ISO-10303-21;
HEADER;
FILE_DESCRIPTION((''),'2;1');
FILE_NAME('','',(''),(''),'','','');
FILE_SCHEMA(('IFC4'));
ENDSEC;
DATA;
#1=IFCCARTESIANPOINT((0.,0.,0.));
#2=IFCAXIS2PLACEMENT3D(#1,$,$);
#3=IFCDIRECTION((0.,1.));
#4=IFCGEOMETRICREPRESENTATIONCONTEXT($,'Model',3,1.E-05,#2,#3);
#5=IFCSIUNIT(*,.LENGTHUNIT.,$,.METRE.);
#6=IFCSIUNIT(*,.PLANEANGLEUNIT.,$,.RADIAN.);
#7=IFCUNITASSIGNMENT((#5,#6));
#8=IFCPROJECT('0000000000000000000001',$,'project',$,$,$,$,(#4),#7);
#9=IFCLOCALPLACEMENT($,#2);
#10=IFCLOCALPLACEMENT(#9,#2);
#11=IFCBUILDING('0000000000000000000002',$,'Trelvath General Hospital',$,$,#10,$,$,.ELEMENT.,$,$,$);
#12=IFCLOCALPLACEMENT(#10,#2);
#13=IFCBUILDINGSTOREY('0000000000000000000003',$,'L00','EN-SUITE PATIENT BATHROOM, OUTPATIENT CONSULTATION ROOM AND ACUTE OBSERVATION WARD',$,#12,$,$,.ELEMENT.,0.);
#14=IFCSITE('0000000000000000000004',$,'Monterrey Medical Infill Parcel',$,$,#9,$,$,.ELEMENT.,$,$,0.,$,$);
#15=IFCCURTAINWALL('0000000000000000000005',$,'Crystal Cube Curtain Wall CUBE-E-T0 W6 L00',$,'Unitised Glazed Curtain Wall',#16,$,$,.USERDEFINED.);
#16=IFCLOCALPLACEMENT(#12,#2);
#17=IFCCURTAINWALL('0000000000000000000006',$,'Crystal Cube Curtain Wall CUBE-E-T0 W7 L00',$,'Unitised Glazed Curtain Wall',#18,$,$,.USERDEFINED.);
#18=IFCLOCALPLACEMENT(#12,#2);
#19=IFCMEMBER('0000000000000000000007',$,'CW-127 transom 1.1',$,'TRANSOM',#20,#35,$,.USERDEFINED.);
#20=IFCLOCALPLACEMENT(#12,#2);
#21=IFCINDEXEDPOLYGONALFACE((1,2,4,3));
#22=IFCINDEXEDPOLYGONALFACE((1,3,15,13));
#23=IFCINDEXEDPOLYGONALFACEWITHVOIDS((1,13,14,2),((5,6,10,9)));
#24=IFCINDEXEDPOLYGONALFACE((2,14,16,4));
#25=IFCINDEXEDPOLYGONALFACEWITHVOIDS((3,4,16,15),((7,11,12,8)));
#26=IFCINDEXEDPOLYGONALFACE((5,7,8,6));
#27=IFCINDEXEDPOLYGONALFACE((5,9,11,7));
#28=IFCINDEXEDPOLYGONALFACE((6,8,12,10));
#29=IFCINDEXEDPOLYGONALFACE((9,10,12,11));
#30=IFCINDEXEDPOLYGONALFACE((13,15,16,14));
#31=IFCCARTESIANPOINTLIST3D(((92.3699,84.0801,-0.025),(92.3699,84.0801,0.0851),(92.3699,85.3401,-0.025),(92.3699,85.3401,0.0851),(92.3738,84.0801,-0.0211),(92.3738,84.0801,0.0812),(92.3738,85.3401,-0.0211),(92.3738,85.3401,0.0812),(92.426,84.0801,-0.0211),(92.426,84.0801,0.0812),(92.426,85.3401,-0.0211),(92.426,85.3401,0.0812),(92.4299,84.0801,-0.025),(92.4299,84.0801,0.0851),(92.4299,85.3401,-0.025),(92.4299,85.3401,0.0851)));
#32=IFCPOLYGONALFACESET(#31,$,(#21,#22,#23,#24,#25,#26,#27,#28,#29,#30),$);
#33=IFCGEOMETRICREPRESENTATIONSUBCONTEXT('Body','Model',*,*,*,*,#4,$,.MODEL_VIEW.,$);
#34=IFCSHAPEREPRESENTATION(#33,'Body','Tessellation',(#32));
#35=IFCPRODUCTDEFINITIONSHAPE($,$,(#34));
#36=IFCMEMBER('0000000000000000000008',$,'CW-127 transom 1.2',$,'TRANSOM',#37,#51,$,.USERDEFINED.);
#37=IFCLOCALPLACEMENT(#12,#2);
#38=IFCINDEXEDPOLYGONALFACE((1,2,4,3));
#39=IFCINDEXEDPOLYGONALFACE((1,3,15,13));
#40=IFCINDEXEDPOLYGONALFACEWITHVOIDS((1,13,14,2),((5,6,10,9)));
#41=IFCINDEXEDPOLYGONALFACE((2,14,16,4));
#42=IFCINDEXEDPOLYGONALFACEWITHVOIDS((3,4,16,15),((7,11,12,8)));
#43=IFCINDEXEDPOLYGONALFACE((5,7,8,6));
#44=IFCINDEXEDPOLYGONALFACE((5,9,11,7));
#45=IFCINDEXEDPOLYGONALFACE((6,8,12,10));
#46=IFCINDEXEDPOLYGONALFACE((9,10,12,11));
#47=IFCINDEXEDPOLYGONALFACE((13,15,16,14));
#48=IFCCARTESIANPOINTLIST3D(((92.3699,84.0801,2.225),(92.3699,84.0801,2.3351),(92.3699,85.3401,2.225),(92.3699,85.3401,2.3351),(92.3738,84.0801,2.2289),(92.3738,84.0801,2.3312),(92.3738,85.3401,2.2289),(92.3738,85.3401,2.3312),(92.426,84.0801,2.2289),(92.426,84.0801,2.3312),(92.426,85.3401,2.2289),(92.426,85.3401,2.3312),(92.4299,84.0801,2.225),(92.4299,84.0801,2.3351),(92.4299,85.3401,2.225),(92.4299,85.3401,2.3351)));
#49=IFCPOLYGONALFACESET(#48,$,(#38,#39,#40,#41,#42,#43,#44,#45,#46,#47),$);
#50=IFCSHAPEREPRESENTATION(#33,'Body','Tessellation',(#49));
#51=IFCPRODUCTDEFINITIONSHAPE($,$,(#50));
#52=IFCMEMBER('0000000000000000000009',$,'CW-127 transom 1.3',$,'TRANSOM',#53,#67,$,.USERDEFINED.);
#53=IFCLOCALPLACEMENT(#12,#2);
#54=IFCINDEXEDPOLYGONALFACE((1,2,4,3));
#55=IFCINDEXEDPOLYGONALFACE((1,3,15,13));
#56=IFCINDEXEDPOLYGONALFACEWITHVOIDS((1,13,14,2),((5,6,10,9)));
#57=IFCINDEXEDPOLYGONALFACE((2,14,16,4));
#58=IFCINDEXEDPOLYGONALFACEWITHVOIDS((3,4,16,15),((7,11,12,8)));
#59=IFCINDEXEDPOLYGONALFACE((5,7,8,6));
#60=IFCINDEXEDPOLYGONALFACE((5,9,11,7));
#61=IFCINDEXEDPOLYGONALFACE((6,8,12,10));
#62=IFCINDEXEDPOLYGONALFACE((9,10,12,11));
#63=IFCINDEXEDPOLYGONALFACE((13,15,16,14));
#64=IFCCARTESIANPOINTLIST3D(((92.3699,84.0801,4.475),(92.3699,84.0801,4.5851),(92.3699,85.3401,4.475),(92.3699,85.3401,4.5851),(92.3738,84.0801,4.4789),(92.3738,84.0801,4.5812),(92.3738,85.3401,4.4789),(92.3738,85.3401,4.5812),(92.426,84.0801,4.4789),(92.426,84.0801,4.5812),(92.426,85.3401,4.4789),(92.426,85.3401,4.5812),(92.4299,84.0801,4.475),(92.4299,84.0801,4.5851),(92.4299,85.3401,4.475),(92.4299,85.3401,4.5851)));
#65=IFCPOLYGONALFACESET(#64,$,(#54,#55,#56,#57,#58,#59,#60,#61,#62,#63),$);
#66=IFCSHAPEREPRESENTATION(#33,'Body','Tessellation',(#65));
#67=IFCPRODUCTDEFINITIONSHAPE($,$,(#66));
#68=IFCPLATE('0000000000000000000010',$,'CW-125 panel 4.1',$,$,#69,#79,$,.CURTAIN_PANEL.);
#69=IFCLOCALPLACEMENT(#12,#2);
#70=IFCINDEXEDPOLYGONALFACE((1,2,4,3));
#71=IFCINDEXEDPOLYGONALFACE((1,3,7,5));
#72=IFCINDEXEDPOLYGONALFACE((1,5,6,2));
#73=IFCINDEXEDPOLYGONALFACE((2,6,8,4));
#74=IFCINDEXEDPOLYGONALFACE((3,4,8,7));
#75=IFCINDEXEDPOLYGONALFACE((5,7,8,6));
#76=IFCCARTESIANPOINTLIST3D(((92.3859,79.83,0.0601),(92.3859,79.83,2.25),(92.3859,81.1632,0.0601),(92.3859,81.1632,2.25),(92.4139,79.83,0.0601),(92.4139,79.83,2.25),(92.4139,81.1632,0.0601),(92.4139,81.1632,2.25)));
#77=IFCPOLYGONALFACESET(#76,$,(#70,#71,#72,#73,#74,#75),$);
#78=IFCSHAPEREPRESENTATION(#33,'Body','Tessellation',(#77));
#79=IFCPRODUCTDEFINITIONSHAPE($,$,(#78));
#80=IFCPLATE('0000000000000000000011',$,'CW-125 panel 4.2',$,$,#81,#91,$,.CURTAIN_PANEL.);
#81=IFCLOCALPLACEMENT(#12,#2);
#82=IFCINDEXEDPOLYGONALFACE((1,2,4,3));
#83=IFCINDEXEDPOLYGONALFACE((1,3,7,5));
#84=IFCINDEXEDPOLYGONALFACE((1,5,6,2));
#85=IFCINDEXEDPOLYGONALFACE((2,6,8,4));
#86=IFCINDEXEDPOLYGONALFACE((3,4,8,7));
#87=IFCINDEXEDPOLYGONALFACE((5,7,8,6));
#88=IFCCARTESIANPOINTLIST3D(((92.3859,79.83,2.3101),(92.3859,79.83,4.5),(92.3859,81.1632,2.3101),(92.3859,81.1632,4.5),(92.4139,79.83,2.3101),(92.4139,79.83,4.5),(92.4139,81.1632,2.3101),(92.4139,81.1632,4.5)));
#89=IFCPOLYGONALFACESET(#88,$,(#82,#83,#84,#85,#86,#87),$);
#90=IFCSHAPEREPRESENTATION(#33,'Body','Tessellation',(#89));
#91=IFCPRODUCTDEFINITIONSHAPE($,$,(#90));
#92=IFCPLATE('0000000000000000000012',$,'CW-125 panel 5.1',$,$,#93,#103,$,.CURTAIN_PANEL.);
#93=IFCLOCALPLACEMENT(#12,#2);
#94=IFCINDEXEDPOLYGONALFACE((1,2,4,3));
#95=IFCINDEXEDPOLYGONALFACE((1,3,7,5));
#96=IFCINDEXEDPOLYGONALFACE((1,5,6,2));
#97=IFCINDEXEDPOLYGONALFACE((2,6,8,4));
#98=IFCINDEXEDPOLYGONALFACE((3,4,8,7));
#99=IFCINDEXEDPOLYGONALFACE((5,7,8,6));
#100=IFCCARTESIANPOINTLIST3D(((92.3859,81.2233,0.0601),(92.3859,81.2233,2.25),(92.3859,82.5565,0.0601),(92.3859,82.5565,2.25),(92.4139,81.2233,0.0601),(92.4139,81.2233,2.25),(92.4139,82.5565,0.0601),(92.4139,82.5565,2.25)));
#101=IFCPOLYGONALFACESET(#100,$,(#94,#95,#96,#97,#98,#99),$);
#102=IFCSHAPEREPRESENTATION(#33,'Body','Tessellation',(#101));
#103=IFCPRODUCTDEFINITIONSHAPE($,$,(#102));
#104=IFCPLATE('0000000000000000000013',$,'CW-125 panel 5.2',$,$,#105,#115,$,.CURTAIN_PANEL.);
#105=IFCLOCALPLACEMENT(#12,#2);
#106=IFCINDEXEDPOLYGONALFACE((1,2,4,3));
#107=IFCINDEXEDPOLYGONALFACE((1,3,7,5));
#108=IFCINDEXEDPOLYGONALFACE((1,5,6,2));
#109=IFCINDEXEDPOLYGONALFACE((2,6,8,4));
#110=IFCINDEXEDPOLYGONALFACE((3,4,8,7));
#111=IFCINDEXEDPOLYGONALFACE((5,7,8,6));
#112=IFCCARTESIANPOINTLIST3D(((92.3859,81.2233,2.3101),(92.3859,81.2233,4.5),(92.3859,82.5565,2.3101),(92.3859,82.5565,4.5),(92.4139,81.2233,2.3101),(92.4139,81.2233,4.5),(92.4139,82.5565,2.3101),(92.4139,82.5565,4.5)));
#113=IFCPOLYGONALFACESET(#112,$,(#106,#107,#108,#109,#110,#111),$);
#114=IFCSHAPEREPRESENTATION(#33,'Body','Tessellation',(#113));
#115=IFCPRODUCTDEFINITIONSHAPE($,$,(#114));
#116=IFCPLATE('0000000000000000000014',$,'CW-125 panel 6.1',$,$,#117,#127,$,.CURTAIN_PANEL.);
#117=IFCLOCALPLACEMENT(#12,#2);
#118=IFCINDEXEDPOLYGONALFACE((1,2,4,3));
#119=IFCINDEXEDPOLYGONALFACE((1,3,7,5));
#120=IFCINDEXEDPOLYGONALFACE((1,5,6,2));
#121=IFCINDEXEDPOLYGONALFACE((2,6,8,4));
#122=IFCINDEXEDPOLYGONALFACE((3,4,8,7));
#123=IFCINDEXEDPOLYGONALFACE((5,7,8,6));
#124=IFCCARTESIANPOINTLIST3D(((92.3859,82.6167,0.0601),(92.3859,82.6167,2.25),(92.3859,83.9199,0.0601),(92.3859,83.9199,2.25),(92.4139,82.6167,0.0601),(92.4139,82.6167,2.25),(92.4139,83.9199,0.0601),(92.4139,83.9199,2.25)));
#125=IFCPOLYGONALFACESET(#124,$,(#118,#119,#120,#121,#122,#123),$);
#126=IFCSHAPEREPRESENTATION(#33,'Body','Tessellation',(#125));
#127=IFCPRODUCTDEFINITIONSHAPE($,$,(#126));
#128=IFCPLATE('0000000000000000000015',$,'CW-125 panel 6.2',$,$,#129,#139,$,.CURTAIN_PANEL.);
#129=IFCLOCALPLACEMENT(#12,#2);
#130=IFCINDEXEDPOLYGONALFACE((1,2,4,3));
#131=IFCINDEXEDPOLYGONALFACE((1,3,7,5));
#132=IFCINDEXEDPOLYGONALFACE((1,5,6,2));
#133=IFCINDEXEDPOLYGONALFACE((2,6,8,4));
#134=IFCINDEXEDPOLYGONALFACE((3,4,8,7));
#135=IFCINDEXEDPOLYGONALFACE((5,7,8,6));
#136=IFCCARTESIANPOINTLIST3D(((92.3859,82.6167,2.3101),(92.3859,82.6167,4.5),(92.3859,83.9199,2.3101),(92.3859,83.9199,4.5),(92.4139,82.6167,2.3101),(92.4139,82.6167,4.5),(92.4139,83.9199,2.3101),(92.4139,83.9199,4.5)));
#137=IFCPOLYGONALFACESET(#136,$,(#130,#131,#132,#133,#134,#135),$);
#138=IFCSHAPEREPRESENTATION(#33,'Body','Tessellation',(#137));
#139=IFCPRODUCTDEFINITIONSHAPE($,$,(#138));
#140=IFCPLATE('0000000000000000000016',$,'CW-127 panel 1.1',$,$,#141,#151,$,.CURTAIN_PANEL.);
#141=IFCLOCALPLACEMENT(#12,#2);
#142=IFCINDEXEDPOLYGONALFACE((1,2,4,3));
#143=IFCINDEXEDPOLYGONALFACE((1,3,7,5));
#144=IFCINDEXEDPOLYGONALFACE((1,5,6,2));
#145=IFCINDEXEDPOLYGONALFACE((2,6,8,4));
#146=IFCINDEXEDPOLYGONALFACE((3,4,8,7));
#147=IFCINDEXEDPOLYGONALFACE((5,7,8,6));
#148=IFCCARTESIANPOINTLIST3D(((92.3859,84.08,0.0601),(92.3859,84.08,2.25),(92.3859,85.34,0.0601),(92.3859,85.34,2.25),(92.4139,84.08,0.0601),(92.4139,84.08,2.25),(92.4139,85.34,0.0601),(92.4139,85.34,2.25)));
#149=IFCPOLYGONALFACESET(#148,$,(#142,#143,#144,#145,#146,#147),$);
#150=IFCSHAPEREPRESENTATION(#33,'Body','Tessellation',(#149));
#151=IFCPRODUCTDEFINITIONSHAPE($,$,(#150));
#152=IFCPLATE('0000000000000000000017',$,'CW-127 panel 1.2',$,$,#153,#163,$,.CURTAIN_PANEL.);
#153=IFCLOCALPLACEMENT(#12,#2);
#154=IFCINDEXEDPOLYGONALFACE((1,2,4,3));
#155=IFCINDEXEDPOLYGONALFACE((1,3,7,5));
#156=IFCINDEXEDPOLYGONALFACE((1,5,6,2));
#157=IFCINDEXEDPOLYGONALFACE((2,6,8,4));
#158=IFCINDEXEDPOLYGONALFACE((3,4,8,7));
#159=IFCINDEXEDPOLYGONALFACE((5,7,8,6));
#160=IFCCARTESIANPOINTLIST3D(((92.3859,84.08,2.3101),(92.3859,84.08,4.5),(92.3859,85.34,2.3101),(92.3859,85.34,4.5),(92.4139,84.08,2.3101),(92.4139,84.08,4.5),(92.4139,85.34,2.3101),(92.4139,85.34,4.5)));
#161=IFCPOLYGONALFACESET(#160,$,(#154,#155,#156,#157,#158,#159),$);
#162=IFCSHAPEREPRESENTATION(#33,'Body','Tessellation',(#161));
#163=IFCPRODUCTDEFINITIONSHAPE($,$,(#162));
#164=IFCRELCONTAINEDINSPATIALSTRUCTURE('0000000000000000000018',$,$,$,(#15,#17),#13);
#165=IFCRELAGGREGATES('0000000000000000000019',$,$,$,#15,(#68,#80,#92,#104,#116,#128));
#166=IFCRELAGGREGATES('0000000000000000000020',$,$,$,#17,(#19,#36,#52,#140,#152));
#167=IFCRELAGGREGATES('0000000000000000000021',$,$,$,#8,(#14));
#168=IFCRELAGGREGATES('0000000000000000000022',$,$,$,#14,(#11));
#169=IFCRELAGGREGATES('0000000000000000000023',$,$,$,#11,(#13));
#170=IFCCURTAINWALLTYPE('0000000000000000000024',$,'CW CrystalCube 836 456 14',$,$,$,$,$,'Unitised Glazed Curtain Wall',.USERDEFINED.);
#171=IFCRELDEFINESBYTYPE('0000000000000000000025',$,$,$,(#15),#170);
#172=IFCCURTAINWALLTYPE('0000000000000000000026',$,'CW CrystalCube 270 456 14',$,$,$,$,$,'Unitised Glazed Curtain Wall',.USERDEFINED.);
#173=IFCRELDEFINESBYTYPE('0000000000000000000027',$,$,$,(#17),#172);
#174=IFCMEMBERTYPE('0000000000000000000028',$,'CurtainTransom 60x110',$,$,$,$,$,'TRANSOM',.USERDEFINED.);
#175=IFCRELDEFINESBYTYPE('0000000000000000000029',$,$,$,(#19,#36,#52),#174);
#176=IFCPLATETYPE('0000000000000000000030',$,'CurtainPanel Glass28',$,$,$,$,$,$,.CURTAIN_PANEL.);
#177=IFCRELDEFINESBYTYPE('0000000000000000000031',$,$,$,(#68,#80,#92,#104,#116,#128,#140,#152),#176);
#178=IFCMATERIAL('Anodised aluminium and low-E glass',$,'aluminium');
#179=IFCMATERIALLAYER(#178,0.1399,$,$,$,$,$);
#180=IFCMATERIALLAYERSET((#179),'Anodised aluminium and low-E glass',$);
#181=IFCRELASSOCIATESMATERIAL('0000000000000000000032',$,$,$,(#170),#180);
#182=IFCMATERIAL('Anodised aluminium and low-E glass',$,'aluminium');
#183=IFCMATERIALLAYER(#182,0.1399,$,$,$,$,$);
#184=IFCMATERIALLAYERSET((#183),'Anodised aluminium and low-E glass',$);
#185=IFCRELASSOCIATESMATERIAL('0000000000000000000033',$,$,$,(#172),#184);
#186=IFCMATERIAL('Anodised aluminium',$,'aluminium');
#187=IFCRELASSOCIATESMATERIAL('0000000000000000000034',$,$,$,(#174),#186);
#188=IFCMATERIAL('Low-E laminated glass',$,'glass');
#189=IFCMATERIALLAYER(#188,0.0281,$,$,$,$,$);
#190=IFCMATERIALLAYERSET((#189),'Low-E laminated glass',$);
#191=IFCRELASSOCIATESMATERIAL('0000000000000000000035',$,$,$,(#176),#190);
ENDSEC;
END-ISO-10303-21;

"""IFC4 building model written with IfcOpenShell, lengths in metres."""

from ifc_helpers import new_model, si_unit, direction, frame, origin, origin_2d, place, context, subcontext, project, spatial, rectangle, hollow_rectangle, extrude, material, layer, layer_set, material_profile, profile_set, type_object, element, aggregate, save


model = new_model("IFC4")

# Units and contexts
model_context = context("Model", 3, precision=1e-05, world=origin(), true_north=direction((0.0, 1.0)))
body_context = subcontext(model_context, "Body", "Model", "MODEL_VIEW")
ifc_project = project(units=[si_unit("LENGTHUNIT", "METRE"), si_unit("PLANEANGLEUNIT", "RADIAN")], contexts=[model_context])

# Site, building, storey
site_placement = place(None, origin())
site = spatial("IfcSite", under=ifc_project, at=site_placement, Name="Monterrey Medical Infill Parcel", CompositionType="ELEMENT", RefElevation=0.0)
building_placement = place(site_placement, origin())
building = spatial("IfcBuilding", under=site, at=building_placement, Name="Trelvath General Hospital", CompositionType="ELEMENT")
storey_placement = place(building_placement, origin())
storey = spatial("IfcBuildingStorey", under=building, at=storey_placement, Name="L00", Description="EN-SUITE PATIENT BATHROOM, OUTPATIENT CONSULTATION ROOM AND ACUTE OBSERVATION WARD", CompositionType="ELEMENT", Elevation=0.0)

# Curtain wall
ifc_material_1 = material(Name="Anodised aluminium and low-E glass", Category="aluminium")
ifc_layer_1 = layer(ifc_material_1, 0.1399)
ifc_layer_set_1 = layer_set([ifc_layer_1], Name="Anodised aluminium and low-E glass")
curtain_wall_type_1 = type_object("IfcCurtainWallType", Name="CW CrystalCube 836 456 14", ElementType="Unitised Glazed Curtain Wall", PredefinedType="USERDEFINED", material=ifc_layer_set_1)
curtain_wall_1_placement = place(storey_placement, origin())
curtain_wall_1 = element("IfcCurtainWall", 1, at=curtain_wall_1_placement, inside=storey, type_object=curtain_wall_type_1, Name="Crystal Cube Curtain Wall CUBE-E-T0 W6 L00", ObjectType="Unitised Glazed Curtain Wall", PredefinedType="USERDEFINED")

# Curtain wall
ifc_material_2 = material(Name="Anodised aluminium and low-E glass", Category="aluminium")
ifc_layer_2 = layer(ifc_material_2, 0.1399)
ifc_layer_set_2 = layer_set([ifc_layer_2], Name="Anodised aluminium and low-E glass")
curtain_wall_type_2 = type_object("IfcCurtainWallType", Name="CW CrystalCube 270 456 14", ElementType="Unitised Glazed Curtain Wall", PredefinedType="USERDEFINED", material=ifc_layer_set_2)
curtain_wall_2_placement = place(storey_placement, origin())
curtain_wall_2 = element("IfcCurtainWall", 2, at=curtain_wall_2_placement, inside=storey, type_object=curtain_wall_type_2, Name="Crystal Cube Curtain Wall CUBE-E-T0 W7 L00", ObjectType="Unitised Glazed Curtain Wall", PredefinedType="USERDEFINED")

# Members
ifc_material_3 = material(Name="Anodised aluminium", Category="aluminium")
ifc_material_profile_1 = material_profile(ifc_material_3, hollow_rectangle(XDim=0.0601, YDim=0.1101, WallThickness=0.0039, at=origin_2d()), Name="RHS60x110x4")
ifc_profile_set_1 = profile_set([ifc_material_profile_1], Name="Anodised aluminium")
member_type_1 = type_object("IfcMemberType", Name="CurtainTransom 60x110", ElementType="TRANSOM", PredefinedType="USERDEFINED", material=ifc_profile_set_1)
member_1_placement = place(storey_placement, frame((92.3999, 84.0801, 0.03), z_axis=(0.0, 1.0, 0.0), x_axis=(-1.0, 0.0, 0.0)))
member_1 = element("IfcMember", 3, at=member_1_placement, type_object=member_type_1, Name="CW-127 transom 1.1", ObjectType="TRANSOM", PredefinedType="USERDEFINED", context=body_context, shape_type="SweptSolid", body=[
    extrude(hollow_rectangle(XDim=0.0601, YDim=0.1101, WallThickness=0.0039, at=origin_2d()), origin(), (0.0, 0.0, 1.0), 1.26),
])
member_2_placement = place(storey_placement, frame((92.3999, 84.0801, 2.28), z_axis=(0.0, 1.0, 0.0), x_axis=(-1.0, 0.0, 0.0)))
member_2 = element("IfcMember", 4, at=member_2_placement, type_object=member_type_1, Name="CW-127 transom 1.2", ObjectType="TRANSOM", PredefinedType="USERDEFINED", context=body_context, shape_type="SweptSolid", body=[
    extrude(hollow_rectangle(XDim=0.0601, YDim=0.1101, WallThickness=0.0039, at=origin_2d()), origin(), (0.0, 0.0, 1.0), 1.26),
])
member_3_placement = place(storey_placement, frame((92.3999, 84.0801, 4.53), z_axis=(0.0, 1.0, 0.0), x_axis=(-1.0, 0.0, 0.0)))
member_3 = element("IfcMember", 5, at=member_3_placement, type_object=member_type_1, Name="CW-127 transom 1.3", ObjectType="TRANSOM", PredefinedType="USERDEFINED", context=body_context, shape_type="SweptSolid", body=[
    extrude(hollow_rectangle(XDim=0.0601, YDim=0.1101, WallThickness=0.0039, at=origin_2d()), origin(), (0.0, 0.0, 1.0), 1.26),
])

# Plates
ifc_material_4 = material(Name="Low-E laminated glass", Category="glass")
ifc_layer_3 = layer(ifc_material_4, 0.0281)
ifc_layer_set_3 = layer_set([ifc_layer_3], Name="Low-E laminated glass")
plate_type = type_object("IfcPlateType", Name="CurtainPanel Glass28", PredefinedType="CURTAIN_PANEL", material=ifc_layer_set_3)
plate_1_placement = place(storey_placement, frame((92.3999, 80.4966, 0.0601), z_axis=(0.0, 0.0, 1.0), x_axis=(0.0, 1.0, 0.0)))
plate_1 = element("IfcPlate", 6, at=plate_1_placement, type_object=plate_type, Name="CW-125 panel 4.1", PredefinedType="CURTAIN_PANEL", context=body_context, shape_type="SweptSolid", body=[
    extrude(rectangle(XDim=1.3333, YDim=0.0281, at=origin_2d()), origin(), (0.0, 0.0, 1.0), 2.1899),
])
plate_2_placement = place(storey_placement, frame((92.3999, 80.4966, 2.3101), z_axis=(0.0, 0.0, 1.0), x_axis=(0.0, 1.0, 0.0)))
plate_2 = element("IfcPlate", 7, at=plate_2_placement, type_object=plate_type, Name="CW-125 panel 4.2", PredefinedType="CURTAIN_PANEL", context=body_context, shape_type="SweptSolid", body=[
    extrude(rectangle(XDim=1.3333, YDim=0.0281, at=origin_2d()), origin(), (0.0, 0.0, 1.0), 2.1899),
])
plate_3_placement = place(storey_placement, frame((92.3999, 81.8899, 0.0601), z_axis=(0.0, 0.0, 1.0), x_axis=(0.0, 1.0, 0.0)))
plate_3 = element("IfcPlate", 8, at=plate_3_placement, type_object=plate_type, Name="CW-125 panel 5.1", PredefinedType="CURTAIN_PANEL", context=body_context, shape_type="SweptSolid", body=[
    extrude(rectangle(XDim=1.3333, YDim=0.0281, at=origin_2d()), origin(), (0.0, 0.0, 1.0), 2.1899),
])
plate_4_placement = place(storey_placement, frame((92.3999, 81.8899, 2.3101), z_axis=(0.0, 0.0, 1.0), x_axis=(0.0, 1.0, 0.0)))
plate_4 = element("IfcPlate", 9, at=plate_4_placement, type_object=plate_type, Name="CW-125 panel 5.2", PredefinedType="CURTAIN_PANEL", context=body_context, shape_type="SweptSolid", body=[
    extrude(rectangle(XDim=1.3333, YDim=0.0281, at=origin_2d()), origin(), (0.0, 0.0, 1.0), 2.1899),
])
plate_5_placement = place(storey_placement, frame((92.3999, 83.2683, 0.0601), z_axis=(0.0, 0.0, 1.0), x_axis=(0.0, 1.0, 0.0)))
plate_5 = element("IfcPlate", 10, at=plate_5_placement, type_object=plate_type, Name="CW-125 panel 6.1", PredefinedType="CURTAIN_PANEL", context=body_context, shape_type="SweptSolid", body=[
    extrude(rectangle(XDim=1.3032, YDim=0.0281, at=origin_2d()), origin(), (0.0, 0.0, 1.0), 2.1899),
])
plate_6_placement = place(storey_placement, frame((92.3999, 83.2683, 2.3101), z_axis=(0.0, 0.0, 1.0), x_axis=(0.0, 1.0, 0.0)))
plate_6 = element("IfcPlate", 11, at=plate_6_placement, type_object=plate_type, Name="CW-125 panel 6.2", PredefinedType="CURTAIN_PANEL", context=body_context, shape_type="SweptSolid", body=[
    extrude(rectangle(XDim=1.3032, YDim=0.0281, at=origin_2d()), origin(), (0.0, 0.0, 1.0), 2.1899),
])
aggregate(curtain_wall_1, [plate_1, plate_2, plate_3, plate_4, plate_5, plate_6])
plate_7_placement = place(storey_placement, frame((92.3999, 84.71, 0.0601), z_axis=(0.0, 0.0, 1.0), x_axis=(0.0, 1.0, 0.0)))
plate_7 = element("IfcPlate", 12, at=plate_7_placement, type_object=plate_type, Name="CW-127 panel 1.1", PredefinedType="CURTAIN_PANEL", context=body_context, shape_type="SweptSolid", body=[
    extrude(rectangle(XDim=1.26, YDim=0.0281, at=origin_2d()), origin(), (0.0, 0.0, 1.0), 2.1899),
])
plate_8_placement = place(storey_placement, frame((92.3999, 84.71, 2.3101), z_axis=(0.0, 0.0, 1.0), x_axis=(0.0, 1.0, 0.0)))
plate_8 = element("IfcPlate", 13, at=plate_8_placement, type_object=plate_type, Name="CW-127 panel 1.2", PredefinedType="CURTAIN_PANEL", context=body_context, shape_type="SweptSolid", body=[
    extrude(rectangle(XDim=1.26, YDim=0.0281, at=origin_2d()), origin(), (0.0, 0.0, 1.0), 2.1899),
])
aggregate(curtain_wall_2, [member_1, member_2, member_3, plate_7, plate_8])

save(model, "model.ifc")
